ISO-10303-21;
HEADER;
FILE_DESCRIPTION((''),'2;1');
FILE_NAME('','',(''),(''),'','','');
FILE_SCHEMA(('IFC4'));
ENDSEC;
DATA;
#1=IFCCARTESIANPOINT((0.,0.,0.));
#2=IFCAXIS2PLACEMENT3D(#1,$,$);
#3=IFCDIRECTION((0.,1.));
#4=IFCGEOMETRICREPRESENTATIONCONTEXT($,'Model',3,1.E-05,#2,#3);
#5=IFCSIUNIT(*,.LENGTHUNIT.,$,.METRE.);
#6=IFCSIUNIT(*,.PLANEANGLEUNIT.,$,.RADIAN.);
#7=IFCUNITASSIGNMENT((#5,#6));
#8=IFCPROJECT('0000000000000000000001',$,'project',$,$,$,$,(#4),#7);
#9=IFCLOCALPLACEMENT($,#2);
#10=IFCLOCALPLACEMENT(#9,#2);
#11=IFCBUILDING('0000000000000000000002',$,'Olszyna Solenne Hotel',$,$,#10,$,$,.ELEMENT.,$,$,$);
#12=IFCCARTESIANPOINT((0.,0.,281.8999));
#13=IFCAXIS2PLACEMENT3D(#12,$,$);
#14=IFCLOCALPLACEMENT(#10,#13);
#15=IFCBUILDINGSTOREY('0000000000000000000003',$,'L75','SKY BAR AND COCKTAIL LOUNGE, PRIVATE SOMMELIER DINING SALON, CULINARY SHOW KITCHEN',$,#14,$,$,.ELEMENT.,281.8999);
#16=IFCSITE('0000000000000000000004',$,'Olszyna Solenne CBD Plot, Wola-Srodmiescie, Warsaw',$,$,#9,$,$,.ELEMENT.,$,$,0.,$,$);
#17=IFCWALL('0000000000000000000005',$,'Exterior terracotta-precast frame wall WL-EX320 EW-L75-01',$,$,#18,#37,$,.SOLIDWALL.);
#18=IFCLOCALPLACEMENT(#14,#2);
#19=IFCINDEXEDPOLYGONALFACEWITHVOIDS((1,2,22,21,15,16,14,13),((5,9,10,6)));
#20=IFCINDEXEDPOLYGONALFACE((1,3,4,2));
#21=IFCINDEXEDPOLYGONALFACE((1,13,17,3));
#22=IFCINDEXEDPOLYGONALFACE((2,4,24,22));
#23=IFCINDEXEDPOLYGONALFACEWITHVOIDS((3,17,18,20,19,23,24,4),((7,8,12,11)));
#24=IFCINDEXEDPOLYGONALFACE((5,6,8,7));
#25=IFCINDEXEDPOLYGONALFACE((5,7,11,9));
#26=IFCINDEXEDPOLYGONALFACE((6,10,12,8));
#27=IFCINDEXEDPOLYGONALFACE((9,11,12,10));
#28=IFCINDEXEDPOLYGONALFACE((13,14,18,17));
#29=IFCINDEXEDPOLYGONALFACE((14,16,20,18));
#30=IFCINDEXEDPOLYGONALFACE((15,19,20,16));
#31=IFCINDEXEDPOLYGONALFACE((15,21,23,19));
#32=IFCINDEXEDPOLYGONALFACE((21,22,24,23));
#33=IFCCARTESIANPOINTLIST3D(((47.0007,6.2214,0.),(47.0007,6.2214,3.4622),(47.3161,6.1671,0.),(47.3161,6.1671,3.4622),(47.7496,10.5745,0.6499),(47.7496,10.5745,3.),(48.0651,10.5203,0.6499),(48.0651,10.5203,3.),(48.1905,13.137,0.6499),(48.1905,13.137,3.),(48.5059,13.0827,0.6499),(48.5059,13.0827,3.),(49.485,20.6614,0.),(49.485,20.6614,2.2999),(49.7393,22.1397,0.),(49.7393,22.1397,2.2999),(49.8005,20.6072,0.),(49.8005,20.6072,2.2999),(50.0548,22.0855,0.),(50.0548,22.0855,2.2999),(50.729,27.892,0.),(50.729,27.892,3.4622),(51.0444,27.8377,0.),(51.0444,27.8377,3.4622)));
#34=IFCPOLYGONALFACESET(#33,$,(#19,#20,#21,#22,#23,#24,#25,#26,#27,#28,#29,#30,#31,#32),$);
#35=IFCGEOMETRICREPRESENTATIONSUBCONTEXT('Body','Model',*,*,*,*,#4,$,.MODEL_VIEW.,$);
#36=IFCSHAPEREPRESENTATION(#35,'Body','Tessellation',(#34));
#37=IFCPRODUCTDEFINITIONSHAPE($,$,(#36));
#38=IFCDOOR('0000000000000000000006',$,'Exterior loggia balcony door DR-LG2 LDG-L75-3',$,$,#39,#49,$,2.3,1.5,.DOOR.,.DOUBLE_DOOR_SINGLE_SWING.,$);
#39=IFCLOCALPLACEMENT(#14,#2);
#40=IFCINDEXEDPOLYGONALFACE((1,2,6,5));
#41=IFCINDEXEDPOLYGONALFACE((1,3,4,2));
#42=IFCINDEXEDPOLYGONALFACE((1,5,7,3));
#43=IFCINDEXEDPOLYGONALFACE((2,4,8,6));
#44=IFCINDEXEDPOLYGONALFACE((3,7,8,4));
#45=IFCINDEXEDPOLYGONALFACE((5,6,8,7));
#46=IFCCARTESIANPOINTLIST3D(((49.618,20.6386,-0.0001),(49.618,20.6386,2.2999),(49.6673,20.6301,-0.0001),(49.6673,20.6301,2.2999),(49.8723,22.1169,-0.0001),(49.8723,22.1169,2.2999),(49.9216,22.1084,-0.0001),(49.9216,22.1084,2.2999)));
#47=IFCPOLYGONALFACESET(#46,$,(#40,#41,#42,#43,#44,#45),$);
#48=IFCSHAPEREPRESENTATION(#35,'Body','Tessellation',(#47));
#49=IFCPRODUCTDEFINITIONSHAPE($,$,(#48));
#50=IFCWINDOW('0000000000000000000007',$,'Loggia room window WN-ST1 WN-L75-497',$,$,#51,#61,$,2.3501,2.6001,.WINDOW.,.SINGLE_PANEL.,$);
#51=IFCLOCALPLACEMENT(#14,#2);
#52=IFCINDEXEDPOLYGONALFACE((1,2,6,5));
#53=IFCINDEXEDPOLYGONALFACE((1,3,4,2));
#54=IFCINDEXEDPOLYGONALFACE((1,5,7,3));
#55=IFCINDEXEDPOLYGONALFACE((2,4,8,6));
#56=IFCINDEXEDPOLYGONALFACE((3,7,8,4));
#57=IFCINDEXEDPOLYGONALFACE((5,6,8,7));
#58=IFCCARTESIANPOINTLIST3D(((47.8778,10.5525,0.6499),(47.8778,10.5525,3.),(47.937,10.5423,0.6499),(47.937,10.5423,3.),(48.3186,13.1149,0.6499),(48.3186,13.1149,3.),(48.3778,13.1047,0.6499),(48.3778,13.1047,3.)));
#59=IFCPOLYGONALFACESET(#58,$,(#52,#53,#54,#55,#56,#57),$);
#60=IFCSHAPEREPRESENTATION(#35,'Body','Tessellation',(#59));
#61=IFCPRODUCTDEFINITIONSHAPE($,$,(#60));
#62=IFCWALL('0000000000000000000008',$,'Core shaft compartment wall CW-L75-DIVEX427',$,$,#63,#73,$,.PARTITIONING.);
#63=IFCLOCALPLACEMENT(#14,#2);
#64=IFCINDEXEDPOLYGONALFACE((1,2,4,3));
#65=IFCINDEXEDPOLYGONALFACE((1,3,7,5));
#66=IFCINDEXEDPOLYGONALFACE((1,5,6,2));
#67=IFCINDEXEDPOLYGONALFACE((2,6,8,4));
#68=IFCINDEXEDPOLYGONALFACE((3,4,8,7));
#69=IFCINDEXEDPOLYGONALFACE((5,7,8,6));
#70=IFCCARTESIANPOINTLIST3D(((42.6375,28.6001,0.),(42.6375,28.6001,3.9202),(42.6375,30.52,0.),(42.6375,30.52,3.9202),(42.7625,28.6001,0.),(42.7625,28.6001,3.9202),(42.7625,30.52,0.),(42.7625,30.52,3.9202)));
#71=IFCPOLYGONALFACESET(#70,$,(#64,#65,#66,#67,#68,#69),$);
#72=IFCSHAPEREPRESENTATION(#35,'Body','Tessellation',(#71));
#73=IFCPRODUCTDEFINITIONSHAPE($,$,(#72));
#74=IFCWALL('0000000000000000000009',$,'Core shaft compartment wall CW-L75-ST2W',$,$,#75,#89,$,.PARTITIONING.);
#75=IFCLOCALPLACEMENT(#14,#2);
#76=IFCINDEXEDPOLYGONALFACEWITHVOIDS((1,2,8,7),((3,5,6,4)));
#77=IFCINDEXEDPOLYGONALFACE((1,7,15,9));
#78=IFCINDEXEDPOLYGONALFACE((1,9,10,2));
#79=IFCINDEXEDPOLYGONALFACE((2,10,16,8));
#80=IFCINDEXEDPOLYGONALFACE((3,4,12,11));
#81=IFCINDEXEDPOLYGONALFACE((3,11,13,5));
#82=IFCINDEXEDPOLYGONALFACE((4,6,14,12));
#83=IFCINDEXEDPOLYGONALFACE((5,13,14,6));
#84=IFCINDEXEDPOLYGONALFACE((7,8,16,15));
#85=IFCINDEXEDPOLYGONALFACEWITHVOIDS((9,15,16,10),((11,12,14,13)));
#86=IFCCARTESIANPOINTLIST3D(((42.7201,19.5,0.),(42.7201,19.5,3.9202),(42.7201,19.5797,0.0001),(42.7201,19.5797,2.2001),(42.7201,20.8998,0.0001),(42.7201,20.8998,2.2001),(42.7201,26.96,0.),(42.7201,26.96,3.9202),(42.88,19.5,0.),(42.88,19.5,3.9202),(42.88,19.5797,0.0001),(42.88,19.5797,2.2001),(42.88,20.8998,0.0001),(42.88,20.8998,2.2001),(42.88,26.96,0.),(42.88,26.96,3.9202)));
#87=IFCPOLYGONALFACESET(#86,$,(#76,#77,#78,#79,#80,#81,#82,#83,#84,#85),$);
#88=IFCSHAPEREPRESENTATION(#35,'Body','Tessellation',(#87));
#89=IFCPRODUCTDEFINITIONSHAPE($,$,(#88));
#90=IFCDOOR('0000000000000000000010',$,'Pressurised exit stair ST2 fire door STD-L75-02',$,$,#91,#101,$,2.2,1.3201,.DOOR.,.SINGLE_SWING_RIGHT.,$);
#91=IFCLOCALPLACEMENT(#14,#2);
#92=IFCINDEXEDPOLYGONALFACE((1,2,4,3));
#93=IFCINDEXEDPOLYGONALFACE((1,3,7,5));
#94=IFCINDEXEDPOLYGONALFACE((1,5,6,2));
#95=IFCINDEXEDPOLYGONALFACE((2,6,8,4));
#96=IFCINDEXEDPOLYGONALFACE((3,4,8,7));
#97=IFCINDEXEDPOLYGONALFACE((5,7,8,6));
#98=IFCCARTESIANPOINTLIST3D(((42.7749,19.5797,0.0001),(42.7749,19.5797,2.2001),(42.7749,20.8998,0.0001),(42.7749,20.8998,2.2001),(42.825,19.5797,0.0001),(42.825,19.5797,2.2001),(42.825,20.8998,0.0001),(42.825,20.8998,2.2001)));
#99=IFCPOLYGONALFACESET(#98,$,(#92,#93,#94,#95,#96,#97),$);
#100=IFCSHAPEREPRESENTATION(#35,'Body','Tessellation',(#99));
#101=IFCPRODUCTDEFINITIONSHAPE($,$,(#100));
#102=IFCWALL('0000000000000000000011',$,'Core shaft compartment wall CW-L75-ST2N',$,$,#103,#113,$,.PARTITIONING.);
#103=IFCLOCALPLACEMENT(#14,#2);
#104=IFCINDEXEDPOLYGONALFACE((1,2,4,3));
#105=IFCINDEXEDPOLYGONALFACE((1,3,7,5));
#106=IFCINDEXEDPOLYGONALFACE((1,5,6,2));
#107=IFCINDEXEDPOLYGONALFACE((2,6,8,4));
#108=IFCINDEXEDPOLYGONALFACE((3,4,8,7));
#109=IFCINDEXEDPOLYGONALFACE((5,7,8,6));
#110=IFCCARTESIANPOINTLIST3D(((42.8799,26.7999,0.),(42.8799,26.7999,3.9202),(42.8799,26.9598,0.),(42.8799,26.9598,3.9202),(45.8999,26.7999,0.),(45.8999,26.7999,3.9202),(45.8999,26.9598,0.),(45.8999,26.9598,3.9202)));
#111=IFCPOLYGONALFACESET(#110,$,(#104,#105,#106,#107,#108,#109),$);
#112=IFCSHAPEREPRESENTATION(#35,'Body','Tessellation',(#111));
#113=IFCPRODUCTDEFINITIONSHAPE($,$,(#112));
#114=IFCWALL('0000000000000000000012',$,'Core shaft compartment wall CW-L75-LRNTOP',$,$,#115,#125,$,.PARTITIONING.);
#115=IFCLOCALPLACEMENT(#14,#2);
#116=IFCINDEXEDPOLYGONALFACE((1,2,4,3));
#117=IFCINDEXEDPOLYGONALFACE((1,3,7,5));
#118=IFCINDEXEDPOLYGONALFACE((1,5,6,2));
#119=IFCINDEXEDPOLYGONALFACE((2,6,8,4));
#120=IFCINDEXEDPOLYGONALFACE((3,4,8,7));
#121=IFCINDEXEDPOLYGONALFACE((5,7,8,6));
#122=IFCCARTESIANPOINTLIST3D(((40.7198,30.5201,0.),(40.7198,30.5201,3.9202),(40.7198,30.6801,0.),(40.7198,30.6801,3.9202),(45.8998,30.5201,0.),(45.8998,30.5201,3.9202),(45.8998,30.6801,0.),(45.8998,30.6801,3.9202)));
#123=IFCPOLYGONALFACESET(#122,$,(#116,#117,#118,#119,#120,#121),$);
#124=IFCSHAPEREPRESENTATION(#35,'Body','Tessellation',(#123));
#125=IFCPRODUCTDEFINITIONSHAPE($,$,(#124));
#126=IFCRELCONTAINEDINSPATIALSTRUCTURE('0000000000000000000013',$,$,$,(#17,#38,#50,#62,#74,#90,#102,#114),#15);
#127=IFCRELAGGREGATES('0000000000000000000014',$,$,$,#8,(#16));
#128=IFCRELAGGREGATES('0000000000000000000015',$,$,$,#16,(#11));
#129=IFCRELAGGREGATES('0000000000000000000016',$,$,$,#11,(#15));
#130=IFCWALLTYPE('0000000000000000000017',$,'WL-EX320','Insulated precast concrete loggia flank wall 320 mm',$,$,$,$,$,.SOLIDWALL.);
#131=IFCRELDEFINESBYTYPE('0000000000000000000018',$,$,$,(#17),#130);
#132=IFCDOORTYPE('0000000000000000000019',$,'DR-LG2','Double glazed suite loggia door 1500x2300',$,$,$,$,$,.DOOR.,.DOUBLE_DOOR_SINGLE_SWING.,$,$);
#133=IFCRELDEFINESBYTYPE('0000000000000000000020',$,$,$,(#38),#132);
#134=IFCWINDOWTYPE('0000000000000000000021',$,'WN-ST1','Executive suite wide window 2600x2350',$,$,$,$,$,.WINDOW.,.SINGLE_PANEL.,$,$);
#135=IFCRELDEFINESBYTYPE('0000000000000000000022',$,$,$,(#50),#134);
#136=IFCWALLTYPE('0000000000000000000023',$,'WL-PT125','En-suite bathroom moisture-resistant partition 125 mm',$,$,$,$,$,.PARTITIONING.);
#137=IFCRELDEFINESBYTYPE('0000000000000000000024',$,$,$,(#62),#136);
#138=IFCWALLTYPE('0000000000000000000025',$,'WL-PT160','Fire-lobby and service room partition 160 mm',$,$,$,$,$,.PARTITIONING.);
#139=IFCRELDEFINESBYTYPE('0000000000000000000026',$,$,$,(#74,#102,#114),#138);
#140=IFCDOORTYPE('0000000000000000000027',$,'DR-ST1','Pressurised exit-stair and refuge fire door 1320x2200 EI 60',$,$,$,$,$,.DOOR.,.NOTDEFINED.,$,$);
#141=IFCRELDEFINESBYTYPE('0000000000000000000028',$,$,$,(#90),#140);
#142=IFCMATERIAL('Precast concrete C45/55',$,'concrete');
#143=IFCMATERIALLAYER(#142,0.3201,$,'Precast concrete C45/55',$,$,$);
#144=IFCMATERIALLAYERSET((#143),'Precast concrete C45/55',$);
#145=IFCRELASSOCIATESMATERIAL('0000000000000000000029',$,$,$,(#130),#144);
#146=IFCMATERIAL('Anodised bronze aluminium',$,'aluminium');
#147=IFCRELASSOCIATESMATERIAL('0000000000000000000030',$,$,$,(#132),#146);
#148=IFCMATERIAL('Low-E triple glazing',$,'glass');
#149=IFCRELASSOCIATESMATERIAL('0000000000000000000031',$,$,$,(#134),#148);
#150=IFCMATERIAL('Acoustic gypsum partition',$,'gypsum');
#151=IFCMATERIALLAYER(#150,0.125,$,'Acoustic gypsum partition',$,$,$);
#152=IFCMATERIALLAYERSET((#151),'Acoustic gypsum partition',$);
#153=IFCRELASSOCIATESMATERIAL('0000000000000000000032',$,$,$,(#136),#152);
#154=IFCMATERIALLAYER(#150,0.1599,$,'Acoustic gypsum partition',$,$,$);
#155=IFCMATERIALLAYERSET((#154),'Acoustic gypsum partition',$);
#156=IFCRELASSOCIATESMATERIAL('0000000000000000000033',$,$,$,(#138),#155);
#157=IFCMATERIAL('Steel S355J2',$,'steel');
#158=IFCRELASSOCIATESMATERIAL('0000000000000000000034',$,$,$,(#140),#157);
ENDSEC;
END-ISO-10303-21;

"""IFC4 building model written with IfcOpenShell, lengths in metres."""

from ifc_helpers import new_model, si_unit, direction, frame, frame_2d, origin, place, context, subcontext, project, spatial, rectangle, extrude, source, transform, mapped, material, layer, layer_set, type_object, type_shapes, element, fill, save


model = new_model("IFC4")

# Units and contexts
model_context = context("Model", 3, precision=1e-05, world=origin(), true_north=direction((0.0, 1.0)))
body_context = subcontext(model_context, "Body", "Model", "MODEL_VIEW")
ifc_project = project(units=[si_unit("LENGTHUNIT", "METRE"), si_unit("PLANEANGLEUNIT", "RADIAN")], contexts=[model_context])

# Site, building, storey
site_placement = place(None, origin())
site = spatial("IfcSite", under=ifc_project, at=site_placement, Name="Olszyna Solenne CBD Plot, Wola-Srodmiescie, Warsaw", CompositionType="ELEMENT", RefElevation=0.0)
building_placement = place(site_placement, origin())
building = spatial("IfcBuilding", under=site, at=building_placement, Name="Olszyna Solenne Hotel", CompositionType="ELEMENT")
storey_placement = place(building_placement, frame((0.0, 0.0, 281.8999)))
storey = spatial("IfcBuildingStorey", under=building, at=storey_placement, Name="L75", Description="SKY BAR AND COCKTAIL LOUNGE, PRIVATE SOMMELIER DINING SALON, CULINARY SHOW KITCHEN", CompositionType="ELEMENT", Elevation=281.8999)

# Shared definitions
ifc_material_1 = material(Name="Steel S355J2", Category="steel")

# Shared definitions
ifc_material_2 = material(Name="Anodised bronze aluminium", Category="aluminium")

# Wall, openings, door, window
ifc_material_3 = material(Name="Precast concrete C45/55", Category="concrete")
ifc_layer_1 = layer(ifc_material_3, 0.3201, Name="Precast concrete C45/55")
ifc_layer_set_1 = layer_set([ifc_layer_1], Name="Precast concrete C45/55")
wall_type_1 = type_object("IfcWallType", Name="WL-EX320", Description="Insulated precast concrete loggia flank wall 320 mm", PredefinedType="SOLIDWALL", material=ifc_layer_set_1)
wall_1_placement = place(storey_placement, frame((50.8867, 27.865, 0.0), z_axis=(0.0, 0.0, 1.0), x_axis=(-0.169551, -0.985521, 0.0)))
wall_1 = element("IfcWall", 1, at=wall_1_placement, inside=storey, type_object=wall_type_1, Name="Exterior terracotta-precast frame wall WL-EX320 EW-L75-01", PredefinedType="SOLIDWALL", context=body_context, shape_type="SweptSolid", body=[
    extrude(rectangle(XDim=21.989, YDim=0.3201, at=frame_2d((10.9946, 0.0))), origin(), (0.0, 0.0, 1.0), 3.4622),
])
opening_1_placement = place(wall_1_placement, frame((5.8369, 0.0, 0.0)))
opening_1 = element("IfcOpeningElement", 2, at=opening_1_placement, cuts=wall_1, PredefinedType="OPENING", context=body_context, shape_type="SweptSolid", body=[
    extrude(rectangle(XDim=1.5, YDim=2.3, at=frame_2d((0.75, 1.1499))), frame((0.0, 0.1699, 0.0), z_axis=(0.0, -1.0, 0.0), x_axis=(1.0, 0.0, 0.0)), (0.0, 0.0, 1.0), 0.3401),
])
opening_2_placement = place(wall_1_placement, frame((14.9719, 0.0, 0.6499)))
opening_2 = element("IfcOpeningElement", 3, at=opening_2_placement, cuts=wall_1, PredefinedType="OPENING", context=body_context, shape_type="SweptSolid", body=[
    extrude(rectangle(XDim=2.6001, YDim=2.3501, at=frame_2d((1.3, 1.175))), frame((0.0, 0.1699, 0.0), z_axis=(0.0, -1.0, 0.0), x_axis=(1.0, 0.0, 0.0)), (0.0, 0.0, 1.0), 0.3401),
])
door_type_1 = type_object("IfcDoorType", Name="DR-LG2", Description="Double glazed suite loggia door 1500x2300", OperationType="DOUBLE_DOOR_SINGLE_SWING", PredefinedType="DOOR", material=ifc_material_2)
shared_shape_1 = source(origin(), body_context, "Body", "SweptSolid", [
    extrude(rectangle(XDim=1.5, YDim=2.3, at=frame_2d((0.75, 1.1499))), frame((0.0, 0.0249, 0.0), z_axis=(0.0, -1.0, 0.0), x_axis=(1.0, 0.0, 0.0)), (0.0, 0.0, 1.0), 0.05),
])
type_shapes(door_type_1, [shared_shape_1])
door_1_placement = place(opening_1_placement, origin())
door_1 = element("IfcDoor", 4, at=door_1_placement, inside=storey, type_object=door_type_1, Name="Exterior loggia balcony door DR-LG2 LDG-L75-3", OperationType="DOUBLE_DOOR_SINGLE_SWING", OverallHeight=2.3, OverallWidth=1.5, PredefinedType="DOOR", context=body_context, shape_type="MappedRepresentation", body=[
    mapped(shared_shape_1, transform((0.0, 0.0, 0.0), x_axis=(1.0, 0.0, 0.0), y_axis=(0.0, 1.0, 0.0), z_axis=(0.0, 0.0, 1.0), scale=1.0)),
])
fill(opening_1, door_1)
ifc_material_4 = material(Name="Low-E triple glazing", Category="glass")
window_type = type_object("IfcWindowType", Name="WN-ST1", Description="Executive suite wide window 2600x2350", PartitioningType="SINGLE_PANEL", PredefinedType="WINDOW", material=ifc_material_4)
shared_shape_2 = source(origin(), body_context, "Body", "SweptSolid", [
    extrude(rectangle(XDim=2.6001, YDim=2.3501, at=frame_2d((1.3, 1.175))), frame((0.0, 0.03, 0.0), z_axis=(0.0, -1.0, 0.0), x_axis=(1.0, 0.0, 0.0)), (0.0, 0.0, 1.0), 0.0601),
])
type_shapes(window_type, [shared_shape_2])
window_placement = place(opening_2_placement, origin())
window = element("IfcWindow", 5, at=window_placement, inside=storey, type_object=window_type, Name="Loggia room window WN-ST1 WN-L75-497", OverallHeight=2.3501, OverallWidth=2.6001, PartitioningType="SINGLE_PANEL", PredefinedType="WINDOW", context=body_context, shape_type="MappedRepresentation", body=[
    mapped(shared_shape_2, transform((0.0, 0.0, 0.0), x_axis=(1.0, 0.0, 0.0), y_axis=(0.0, 1.0, 0.0), z_axis=(0.0, 0.0, 1.0), scale=1.0)),
])
fill(opening_2, window)

# Wall
ifc_material_5 = material(Name="Acoustic gypsum partition", Category="gypsum")
ifc_layer_2 = layer(ifc_material_5, 0.125, Name="Acoustic gypsum partition")
ifc_layer_set_2 = layer_set([ifc_layer_2], Name="Acoustic gypsum partition")
wall_type_2 = type_object("IfcWallType", Name="WL-PT125", Description="En-suite bathroom moisture-resistant partition 125 mm", PredefinedType="PARTITIONING", material=ifc_layer_set_2)
wall_2_placement = place(storey_placement, frame((42.7, 28.6001, 0.0), z_axis=(0.0, 0.0, 1.0), x_axis=(0.0, 1.0, 0.0)))
element("IfcWall", 6, at=wall_2_placement, inside=storey, type_object=wall_type_2, Name="Core shaft compartment wall CW-L75-DIVEX427", PredefinedType="PARTITIONING", context=body_context, shape_type="SweptSolid", body=[
    extrude(rectangle(XDim=1.9199, YDim=0.125, at=frame_2d((0.96, 0.0))), origin(), (0.0, 0.0, 1.0), 3.9202),
])

# Wall, opening, door
ifc_layer_3 = layer(ifc_material_5, 0.1599, Name="Acoustic gypsum partition")
ifc_layer_set_3 = layer_set([ifc_layer_3], Name="Acoustic gypsum partition")
wall_type_3 = type_object("IfcWallType", Name="WL-PT160", Description="Fire-lobby and service room partition 160 mm", PredefinedType="PARTITIONING", material=ifc_layer_set_3)
wall_3_placement = place(storey_placement, frame((42.8, 26.96, 0.0), z_axis=(0.0, 0.0, 1.0), x_axis=(0.0, -1.0, 0.0)))
wall_3 = element("IfcWall", 7, at=wall_3_placement, inside=storey, type_object=wall_type_3, Name="Core shaft compartment wall CW-L75-ST2W", PredefinedType="PARTITIONING", context=body_context, shape_type="SweptSolid", body=[
    extrude(rectangle(XDim=7.46, YDim=0.1599, at=frame_2d((3.73, 0.0))), origin(), (0.0, 0.0, 1.0), 3.9202),
])
opening_3_placement = place(wall_3_placement, frame((6.0601, 0.0, 0.0)))
opening_3 = element("IfcOpeningElement", 8, at=opening_3_placement, cuts=wall_3, PredefinedType="OPENING", context=body_context, shape_type="SweptSolid", body=[
    extrude(rectangle(XDim=1.3201, YDim=2.2, at=frame_2d((0.6602, 1.1001))), frame((0.0, 0.0898, 0.0), z_axis=(0.0, -1.0, 0.0), x_axis=(1.0, 0.0, 0.0)), (0.0, 0.0, 1.0), 0.1799),
])
door_type_2 = type_object("IfcDoorType", Name="DR-ST1", Description="Pressurised exit-stair and refuge fire door 1320x2200 EI 60", OperationType="NOTDEFINED", PredefinedType="DOOR", material=ifc_material_1)
shared_shape_3 = source(origin(), body_context, "Body", "SweptSolid", [
    extrude(rectangle(XDim=1.3201, YDim=2.2, at=frame_2d((0.6602, 1.1001))), frame((0.0, 0.0249, 0.0), z_axis=(0.0, -1.0, 0.0), x_axis=(1.0, 0.0, 0.0)), (0.0, 0.0, 1.0), 0.05),
])
type_shapes(door_type_2, [shared_shape_3])
door_2_placement = place(opening_3_placement, origin())
door_2 = element("IfcDoor", 9, at=door_2_placement, inside=storey, type_object=door_type_2, Name="Pressurised exit stair ST2 fire door STD-L75-02", OperationType="SINGLE_SWING_RIGHT", OverallHeight=2.2, OverallWidth=1.3201, PredefinedType="DOOR", context=body_context, shape_type="MappedRepresentation", body=[
    mapped(shared_shape_3, transform((0.0, 0.0, 0.0), x_axis=(1.0, 0.0, 0.0), y_axis=(0.0, 1.0, 0.0), z_axis=(0.0, 0.0, 1.0), scale=1.0)),
])
fill(opening_3, door_2)

# Walls
wall_4_placement = place(storey_placement, frame((42.8799, 26.8799, 0.0), z_axis=(0.0, 0.0, 1.0), x_axis=(1.0, 0.0, 0.0)))
element("IfcWall", 10, at=wall_4_placement, inside=storey, type_object=wall_type_3, Name="Core shaft compartment wall CW-L75-ST2N", PredefinedType="PARTITIONING", context=body_context, shape_type="SweptSolid", body=[
    extrude(rectangle(XDim=3.02, YDim=0.1599, at=frame_2d((1.51, 0.0))), origin(), (0.0, 0.0, 1.0), 3.9202),
])
wall_5_placement = place(storey_placement, frame((40.72, 30.6001, 0.0), z_axis=(0.0, 0.0, 1.0), x_axis=(1.0, 0.0, 0.0)))
element("IfcWall", 11, at=wall_5_placement, inside=storey, type_object=wall_type_3, Name="Core shaft compartment wall CW-L75-LRNTOP", PredefinedType="PARTITIONING", context=body_context, shape_type="SweptSolid", body=[
    extrude(rectangle(XDim=5.1799, YDim=0.1599, at=frame_2d((2.5898, 0.0))), origin(), (0.0, 0.0, 1.0), 3.9202),
])

save(model, "model.ifc")
